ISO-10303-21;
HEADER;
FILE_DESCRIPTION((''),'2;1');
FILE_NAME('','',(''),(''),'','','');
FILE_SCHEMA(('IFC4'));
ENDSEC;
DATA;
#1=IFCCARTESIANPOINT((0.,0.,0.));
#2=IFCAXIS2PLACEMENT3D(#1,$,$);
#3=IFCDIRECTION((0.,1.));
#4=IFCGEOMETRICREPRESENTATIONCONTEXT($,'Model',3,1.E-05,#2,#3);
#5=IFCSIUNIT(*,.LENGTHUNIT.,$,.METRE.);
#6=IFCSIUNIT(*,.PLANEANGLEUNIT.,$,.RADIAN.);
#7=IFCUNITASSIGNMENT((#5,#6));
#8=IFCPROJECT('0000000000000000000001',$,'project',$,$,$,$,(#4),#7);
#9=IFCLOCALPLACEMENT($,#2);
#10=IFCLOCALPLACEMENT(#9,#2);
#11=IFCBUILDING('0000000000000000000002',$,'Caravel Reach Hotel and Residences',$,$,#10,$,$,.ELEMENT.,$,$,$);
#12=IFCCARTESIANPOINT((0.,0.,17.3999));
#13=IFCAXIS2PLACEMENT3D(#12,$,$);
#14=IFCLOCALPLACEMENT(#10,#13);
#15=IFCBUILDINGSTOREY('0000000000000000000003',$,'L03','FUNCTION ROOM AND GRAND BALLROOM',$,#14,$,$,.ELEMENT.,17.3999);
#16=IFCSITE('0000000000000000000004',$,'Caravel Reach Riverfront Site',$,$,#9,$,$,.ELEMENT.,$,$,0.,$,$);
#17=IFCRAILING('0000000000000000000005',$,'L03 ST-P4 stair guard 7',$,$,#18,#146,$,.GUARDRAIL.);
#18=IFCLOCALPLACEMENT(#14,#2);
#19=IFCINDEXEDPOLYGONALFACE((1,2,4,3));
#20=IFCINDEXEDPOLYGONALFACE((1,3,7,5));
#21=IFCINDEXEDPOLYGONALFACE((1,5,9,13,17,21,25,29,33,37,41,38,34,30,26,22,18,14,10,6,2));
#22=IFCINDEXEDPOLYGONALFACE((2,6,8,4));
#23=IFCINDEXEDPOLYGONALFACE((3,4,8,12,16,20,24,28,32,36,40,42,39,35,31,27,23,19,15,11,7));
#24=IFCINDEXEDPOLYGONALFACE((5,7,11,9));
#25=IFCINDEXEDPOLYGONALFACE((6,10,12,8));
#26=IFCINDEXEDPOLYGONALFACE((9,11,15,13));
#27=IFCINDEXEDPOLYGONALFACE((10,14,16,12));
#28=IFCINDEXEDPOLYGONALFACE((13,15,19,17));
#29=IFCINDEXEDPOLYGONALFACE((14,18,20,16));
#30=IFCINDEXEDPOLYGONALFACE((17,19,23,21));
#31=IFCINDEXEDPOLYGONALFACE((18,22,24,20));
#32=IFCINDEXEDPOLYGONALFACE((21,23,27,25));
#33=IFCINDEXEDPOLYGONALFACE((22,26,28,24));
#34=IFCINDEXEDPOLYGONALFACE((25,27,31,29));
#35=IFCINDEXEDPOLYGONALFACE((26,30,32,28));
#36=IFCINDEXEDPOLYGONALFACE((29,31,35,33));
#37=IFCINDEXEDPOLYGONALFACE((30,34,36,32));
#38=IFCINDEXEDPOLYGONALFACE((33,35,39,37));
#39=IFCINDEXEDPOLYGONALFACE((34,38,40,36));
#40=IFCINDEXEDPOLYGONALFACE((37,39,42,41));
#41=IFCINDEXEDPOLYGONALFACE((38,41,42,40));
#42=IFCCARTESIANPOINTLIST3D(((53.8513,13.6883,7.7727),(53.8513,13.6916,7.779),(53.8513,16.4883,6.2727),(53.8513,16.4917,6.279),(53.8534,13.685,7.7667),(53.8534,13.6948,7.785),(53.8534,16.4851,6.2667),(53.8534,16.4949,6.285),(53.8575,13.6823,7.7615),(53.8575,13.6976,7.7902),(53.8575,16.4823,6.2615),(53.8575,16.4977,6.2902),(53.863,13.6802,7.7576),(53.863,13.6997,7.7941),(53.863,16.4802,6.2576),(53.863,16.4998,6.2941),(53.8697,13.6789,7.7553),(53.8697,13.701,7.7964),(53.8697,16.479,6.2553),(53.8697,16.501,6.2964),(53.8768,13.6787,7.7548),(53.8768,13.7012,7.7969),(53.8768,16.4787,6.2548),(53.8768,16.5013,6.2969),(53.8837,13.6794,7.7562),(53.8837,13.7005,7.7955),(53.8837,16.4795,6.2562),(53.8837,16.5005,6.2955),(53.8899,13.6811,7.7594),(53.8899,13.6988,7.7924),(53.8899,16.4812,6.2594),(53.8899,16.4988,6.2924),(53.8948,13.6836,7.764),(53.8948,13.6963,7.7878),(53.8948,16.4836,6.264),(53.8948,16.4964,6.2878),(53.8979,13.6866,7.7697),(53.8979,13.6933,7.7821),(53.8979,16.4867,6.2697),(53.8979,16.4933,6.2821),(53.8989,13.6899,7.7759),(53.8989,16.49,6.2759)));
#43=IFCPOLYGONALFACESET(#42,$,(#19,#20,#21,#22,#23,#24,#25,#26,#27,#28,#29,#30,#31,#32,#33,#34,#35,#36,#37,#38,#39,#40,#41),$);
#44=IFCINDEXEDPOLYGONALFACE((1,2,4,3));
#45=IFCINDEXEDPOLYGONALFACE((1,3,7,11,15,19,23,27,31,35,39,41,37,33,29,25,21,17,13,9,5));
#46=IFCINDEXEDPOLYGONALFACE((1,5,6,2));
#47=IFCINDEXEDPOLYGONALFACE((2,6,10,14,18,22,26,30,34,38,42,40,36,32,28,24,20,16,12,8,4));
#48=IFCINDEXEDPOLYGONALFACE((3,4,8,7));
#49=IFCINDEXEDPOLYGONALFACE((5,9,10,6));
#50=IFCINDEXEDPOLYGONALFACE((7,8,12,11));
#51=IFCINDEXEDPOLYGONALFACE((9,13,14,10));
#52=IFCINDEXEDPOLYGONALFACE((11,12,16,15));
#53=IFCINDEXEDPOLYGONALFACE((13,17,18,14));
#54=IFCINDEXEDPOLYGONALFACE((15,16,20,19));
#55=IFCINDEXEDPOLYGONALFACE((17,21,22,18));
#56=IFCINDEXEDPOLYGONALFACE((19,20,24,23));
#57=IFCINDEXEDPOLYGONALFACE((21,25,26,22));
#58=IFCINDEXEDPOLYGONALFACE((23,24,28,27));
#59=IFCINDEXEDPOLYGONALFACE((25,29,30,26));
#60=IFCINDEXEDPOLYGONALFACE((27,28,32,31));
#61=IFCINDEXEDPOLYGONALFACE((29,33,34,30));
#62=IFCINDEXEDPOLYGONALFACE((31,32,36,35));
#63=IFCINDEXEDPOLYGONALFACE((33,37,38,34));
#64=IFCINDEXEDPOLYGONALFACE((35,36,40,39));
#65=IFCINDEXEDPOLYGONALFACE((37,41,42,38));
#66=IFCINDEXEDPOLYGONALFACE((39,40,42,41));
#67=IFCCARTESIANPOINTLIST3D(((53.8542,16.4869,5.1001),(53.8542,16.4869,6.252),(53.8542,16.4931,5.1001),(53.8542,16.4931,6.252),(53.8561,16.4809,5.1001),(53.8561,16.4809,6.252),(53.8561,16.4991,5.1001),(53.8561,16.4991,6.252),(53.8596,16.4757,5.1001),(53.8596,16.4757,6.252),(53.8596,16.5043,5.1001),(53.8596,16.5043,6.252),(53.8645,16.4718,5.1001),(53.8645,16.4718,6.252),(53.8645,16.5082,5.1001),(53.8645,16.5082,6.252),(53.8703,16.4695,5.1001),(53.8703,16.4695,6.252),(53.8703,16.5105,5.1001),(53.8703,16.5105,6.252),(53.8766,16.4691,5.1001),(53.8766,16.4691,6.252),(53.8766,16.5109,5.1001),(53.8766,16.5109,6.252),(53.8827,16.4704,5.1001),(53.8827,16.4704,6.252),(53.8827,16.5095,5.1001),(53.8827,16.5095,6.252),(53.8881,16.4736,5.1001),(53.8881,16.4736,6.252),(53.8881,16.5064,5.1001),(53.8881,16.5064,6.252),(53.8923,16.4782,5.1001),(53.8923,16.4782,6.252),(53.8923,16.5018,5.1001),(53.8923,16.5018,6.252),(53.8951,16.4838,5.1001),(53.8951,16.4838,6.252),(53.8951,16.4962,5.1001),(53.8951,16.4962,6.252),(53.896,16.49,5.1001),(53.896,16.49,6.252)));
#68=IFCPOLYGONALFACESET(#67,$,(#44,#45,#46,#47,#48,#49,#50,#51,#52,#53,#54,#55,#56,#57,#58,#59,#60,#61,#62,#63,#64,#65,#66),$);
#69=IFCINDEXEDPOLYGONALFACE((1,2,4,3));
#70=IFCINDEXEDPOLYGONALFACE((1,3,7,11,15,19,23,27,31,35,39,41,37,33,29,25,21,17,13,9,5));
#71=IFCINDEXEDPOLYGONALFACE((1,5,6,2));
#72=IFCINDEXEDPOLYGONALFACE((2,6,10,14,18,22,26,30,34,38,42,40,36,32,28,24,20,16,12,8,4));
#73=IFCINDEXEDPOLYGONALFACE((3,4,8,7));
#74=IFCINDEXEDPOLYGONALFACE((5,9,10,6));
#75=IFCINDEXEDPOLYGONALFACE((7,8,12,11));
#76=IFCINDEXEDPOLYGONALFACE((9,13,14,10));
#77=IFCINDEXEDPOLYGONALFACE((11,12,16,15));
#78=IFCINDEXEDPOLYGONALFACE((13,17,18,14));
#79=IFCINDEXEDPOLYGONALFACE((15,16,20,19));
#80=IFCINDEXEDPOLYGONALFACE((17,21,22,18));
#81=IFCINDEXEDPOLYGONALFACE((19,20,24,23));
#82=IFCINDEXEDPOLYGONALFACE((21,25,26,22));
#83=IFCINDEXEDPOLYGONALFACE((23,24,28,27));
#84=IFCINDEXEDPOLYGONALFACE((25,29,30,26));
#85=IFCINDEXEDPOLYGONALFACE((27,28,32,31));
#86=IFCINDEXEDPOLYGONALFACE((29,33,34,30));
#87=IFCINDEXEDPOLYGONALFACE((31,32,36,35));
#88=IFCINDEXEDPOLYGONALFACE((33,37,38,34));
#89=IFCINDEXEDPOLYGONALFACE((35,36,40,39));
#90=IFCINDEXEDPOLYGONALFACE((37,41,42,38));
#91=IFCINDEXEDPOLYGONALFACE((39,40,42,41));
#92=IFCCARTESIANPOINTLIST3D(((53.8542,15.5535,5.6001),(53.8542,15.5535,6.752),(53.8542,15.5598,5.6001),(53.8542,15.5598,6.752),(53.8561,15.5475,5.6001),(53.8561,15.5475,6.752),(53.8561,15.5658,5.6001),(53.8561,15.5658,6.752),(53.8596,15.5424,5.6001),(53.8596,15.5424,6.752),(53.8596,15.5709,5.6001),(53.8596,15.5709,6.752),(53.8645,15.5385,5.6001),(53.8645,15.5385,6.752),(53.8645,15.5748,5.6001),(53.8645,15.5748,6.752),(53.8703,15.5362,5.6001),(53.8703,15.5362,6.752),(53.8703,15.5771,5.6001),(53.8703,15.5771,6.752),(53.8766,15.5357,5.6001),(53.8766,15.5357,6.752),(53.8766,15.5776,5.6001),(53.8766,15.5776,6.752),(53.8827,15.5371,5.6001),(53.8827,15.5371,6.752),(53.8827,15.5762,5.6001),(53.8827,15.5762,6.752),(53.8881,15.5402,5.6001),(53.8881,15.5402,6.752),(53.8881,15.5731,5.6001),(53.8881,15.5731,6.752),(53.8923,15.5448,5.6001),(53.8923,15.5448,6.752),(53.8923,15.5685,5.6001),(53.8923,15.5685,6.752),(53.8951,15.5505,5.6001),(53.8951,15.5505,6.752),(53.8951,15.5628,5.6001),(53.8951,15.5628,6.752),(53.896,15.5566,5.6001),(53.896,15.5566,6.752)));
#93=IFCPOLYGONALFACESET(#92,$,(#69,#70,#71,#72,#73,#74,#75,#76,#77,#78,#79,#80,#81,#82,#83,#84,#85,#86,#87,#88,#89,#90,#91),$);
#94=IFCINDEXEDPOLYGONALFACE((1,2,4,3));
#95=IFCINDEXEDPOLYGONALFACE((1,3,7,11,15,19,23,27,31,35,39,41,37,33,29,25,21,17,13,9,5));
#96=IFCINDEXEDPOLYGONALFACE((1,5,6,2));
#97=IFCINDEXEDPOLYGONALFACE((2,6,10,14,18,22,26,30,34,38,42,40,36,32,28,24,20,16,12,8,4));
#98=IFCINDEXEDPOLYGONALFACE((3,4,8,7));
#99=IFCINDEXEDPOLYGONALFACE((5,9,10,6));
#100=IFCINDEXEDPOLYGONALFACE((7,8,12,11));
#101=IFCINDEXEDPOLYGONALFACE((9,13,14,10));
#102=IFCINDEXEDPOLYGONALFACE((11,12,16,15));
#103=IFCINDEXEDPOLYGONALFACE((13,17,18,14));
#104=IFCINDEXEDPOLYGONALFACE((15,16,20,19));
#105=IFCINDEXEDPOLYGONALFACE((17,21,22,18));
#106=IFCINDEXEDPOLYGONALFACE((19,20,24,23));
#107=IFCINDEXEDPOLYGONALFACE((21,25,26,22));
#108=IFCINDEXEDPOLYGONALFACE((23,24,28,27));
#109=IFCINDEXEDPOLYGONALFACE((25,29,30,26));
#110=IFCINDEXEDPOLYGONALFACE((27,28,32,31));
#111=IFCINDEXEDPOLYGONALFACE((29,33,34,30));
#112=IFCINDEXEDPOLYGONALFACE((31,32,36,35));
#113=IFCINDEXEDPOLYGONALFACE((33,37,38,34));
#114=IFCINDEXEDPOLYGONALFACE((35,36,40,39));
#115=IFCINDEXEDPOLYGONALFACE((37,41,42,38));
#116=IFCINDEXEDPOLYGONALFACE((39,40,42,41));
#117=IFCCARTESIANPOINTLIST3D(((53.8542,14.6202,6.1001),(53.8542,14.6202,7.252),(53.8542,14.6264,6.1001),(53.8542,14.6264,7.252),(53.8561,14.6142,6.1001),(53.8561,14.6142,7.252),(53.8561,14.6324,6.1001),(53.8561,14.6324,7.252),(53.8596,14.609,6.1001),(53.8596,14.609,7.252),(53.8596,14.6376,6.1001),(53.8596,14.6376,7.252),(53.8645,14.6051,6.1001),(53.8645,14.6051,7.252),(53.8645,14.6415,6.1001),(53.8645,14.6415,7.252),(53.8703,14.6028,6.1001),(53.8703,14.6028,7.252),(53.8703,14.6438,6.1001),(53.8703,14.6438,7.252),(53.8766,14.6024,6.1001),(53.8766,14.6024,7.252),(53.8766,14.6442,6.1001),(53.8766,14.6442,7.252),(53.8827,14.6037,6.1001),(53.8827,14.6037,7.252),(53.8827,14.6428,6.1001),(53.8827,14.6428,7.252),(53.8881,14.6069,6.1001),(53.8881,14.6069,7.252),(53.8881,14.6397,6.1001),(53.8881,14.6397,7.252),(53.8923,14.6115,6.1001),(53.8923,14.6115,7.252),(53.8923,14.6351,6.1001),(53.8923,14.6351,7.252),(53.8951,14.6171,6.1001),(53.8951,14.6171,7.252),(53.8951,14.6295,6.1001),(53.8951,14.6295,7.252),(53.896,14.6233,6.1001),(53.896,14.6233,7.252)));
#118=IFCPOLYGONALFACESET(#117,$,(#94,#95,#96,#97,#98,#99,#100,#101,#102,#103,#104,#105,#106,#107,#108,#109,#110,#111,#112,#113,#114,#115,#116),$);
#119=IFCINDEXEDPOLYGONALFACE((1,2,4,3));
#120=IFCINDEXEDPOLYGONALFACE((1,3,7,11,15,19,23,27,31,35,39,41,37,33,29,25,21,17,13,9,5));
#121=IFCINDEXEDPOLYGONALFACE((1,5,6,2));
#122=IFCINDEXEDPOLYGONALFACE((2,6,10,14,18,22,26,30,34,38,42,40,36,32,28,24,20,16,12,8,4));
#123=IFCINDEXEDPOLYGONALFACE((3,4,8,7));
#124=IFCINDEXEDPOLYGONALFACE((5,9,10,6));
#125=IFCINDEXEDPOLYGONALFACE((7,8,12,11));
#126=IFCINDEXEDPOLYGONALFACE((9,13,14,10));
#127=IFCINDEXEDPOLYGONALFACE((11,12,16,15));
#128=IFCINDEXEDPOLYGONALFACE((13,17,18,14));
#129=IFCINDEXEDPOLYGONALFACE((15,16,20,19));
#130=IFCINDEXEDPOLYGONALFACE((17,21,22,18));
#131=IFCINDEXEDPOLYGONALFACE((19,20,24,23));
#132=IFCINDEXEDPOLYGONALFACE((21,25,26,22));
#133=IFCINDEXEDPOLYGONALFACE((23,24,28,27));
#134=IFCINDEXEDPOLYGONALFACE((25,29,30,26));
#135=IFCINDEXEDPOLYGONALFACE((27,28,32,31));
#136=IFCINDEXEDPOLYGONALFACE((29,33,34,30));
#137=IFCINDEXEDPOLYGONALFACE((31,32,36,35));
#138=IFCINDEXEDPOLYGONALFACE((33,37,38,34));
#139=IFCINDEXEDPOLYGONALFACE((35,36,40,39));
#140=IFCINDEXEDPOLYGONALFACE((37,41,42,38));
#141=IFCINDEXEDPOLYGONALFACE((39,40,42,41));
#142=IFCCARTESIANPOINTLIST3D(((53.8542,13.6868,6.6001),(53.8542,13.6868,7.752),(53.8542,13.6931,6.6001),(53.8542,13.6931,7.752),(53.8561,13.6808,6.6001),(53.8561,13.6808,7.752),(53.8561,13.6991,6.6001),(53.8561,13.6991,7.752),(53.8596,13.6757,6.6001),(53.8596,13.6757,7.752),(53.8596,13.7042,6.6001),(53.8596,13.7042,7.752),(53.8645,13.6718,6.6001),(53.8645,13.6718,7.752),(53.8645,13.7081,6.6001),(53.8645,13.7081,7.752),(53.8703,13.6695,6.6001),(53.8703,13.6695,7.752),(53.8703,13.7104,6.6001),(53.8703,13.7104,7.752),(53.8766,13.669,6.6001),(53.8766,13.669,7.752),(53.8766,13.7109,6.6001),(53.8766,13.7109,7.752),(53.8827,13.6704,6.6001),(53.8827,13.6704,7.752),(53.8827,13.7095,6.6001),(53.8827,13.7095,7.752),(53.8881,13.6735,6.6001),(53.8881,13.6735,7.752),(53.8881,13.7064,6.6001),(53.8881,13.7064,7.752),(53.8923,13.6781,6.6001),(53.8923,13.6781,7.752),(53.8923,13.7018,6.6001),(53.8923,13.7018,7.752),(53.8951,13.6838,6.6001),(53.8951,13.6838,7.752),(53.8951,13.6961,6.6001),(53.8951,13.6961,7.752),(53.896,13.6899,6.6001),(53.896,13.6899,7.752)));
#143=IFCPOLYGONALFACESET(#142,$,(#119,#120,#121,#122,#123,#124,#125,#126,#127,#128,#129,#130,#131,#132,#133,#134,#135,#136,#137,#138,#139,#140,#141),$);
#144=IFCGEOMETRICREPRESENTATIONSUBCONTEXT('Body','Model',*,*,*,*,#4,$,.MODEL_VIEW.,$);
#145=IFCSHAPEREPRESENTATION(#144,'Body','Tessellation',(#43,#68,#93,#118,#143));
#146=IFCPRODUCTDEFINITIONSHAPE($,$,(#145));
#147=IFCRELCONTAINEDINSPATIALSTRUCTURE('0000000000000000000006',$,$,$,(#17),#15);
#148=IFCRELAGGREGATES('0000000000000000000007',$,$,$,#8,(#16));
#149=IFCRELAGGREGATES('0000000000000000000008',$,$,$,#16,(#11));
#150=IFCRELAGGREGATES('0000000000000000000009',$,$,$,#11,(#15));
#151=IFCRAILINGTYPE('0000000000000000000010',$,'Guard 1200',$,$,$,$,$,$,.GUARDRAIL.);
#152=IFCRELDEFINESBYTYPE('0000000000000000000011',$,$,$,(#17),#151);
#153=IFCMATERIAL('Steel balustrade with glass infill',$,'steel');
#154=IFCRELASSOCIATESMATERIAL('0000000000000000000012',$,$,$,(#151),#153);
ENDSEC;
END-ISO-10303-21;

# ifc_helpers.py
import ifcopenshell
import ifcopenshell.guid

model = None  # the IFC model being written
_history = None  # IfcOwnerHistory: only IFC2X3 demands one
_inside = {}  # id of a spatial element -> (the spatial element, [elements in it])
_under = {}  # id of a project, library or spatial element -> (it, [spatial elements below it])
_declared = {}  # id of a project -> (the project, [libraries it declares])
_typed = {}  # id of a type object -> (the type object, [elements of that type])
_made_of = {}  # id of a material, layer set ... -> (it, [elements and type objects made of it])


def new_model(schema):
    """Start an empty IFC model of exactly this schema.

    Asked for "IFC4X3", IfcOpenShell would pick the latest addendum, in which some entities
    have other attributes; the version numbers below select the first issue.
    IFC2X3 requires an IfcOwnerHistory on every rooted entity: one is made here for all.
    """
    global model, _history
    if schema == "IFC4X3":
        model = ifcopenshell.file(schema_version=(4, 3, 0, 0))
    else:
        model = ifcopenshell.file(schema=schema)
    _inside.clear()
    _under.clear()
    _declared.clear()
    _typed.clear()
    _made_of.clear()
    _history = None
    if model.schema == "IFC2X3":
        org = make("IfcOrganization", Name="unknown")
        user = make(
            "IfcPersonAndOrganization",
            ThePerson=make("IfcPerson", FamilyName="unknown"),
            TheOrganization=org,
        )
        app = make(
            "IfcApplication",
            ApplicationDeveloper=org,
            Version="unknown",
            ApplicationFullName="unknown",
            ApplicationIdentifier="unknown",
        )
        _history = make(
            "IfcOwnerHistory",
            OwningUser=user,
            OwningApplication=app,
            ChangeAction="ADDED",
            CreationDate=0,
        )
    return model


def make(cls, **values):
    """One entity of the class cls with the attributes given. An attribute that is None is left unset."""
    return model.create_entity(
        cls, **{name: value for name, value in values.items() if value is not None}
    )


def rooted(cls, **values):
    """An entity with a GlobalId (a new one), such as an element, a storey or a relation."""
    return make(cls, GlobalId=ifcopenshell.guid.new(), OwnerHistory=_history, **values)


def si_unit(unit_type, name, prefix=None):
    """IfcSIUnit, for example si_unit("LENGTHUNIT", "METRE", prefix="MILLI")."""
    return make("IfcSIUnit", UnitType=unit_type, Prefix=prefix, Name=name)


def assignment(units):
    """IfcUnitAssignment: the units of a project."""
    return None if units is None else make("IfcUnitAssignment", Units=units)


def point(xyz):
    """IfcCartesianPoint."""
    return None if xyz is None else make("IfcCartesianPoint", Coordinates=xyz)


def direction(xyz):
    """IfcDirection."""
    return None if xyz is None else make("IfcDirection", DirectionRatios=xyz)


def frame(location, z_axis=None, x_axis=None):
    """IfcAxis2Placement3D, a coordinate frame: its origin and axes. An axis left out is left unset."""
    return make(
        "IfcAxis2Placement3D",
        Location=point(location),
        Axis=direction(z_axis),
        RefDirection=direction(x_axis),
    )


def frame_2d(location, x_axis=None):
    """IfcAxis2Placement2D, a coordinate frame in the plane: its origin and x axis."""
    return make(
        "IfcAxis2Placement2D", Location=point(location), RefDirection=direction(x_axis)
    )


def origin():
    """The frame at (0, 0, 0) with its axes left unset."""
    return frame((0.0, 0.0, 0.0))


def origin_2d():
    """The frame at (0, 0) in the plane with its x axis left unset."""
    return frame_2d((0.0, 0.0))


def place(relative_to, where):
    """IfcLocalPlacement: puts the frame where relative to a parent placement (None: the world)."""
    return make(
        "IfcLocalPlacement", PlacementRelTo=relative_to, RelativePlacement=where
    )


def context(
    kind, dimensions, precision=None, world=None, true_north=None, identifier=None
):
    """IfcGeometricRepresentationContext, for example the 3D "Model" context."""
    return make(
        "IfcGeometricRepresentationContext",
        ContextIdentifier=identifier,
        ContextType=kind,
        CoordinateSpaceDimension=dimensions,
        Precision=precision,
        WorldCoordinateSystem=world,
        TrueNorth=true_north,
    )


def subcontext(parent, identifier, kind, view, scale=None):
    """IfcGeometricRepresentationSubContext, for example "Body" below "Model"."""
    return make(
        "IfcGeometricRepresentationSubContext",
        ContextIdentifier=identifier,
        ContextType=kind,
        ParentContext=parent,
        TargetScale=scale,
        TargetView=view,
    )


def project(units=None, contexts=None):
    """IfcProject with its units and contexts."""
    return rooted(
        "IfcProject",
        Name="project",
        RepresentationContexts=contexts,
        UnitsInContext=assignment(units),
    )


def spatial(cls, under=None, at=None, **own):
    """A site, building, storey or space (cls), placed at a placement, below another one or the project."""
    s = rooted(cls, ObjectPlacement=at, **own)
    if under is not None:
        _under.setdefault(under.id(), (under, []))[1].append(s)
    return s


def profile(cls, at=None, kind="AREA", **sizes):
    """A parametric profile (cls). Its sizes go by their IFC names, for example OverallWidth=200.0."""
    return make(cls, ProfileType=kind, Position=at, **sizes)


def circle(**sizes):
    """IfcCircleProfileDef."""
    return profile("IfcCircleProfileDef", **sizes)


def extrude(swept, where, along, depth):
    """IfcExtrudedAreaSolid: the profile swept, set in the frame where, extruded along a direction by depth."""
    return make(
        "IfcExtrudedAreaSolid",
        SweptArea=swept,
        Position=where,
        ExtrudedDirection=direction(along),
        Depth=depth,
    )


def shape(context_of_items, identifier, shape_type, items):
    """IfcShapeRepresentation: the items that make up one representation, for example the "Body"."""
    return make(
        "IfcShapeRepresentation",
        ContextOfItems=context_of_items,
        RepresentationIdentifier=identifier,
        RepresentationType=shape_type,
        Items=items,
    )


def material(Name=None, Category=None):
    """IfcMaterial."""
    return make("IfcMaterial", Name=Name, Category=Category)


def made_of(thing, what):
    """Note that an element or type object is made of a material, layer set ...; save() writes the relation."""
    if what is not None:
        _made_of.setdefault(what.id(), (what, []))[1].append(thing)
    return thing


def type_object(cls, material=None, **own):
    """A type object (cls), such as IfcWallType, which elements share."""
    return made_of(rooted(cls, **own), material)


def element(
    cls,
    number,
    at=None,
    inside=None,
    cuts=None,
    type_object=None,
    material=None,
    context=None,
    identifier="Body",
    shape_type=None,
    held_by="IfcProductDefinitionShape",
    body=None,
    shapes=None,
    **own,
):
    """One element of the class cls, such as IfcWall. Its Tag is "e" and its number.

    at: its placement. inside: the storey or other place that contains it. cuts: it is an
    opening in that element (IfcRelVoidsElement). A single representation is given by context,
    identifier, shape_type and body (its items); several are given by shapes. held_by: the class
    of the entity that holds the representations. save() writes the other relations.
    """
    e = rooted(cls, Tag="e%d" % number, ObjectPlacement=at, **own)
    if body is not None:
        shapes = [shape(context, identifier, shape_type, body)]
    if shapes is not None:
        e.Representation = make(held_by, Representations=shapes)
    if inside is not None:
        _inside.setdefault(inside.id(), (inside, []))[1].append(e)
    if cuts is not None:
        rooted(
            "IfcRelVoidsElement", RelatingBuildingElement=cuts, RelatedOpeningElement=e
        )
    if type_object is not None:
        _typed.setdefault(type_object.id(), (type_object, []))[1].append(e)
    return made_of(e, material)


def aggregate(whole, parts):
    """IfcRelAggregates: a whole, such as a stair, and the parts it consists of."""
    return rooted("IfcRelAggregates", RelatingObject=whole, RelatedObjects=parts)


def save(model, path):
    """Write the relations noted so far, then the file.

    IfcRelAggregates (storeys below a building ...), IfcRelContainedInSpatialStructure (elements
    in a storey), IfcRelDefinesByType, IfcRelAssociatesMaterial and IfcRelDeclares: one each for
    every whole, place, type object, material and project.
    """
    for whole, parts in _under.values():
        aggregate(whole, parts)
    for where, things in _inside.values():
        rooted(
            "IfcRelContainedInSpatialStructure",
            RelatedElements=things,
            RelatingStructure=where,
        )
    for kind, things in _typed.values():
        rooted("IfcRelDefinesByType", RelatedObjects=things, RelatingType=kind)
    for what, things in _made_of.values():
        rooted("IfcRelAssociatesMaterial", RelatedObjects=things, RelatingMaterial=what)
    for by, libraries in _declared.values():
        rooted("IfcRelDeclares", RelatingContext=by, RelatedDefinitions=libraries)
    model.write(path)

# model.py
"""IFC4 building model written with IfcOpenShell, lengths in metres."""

from ifc_helpers import new_model, si_unit, direction, frame, origin, origin_2d, place, context, subcontext, project, spatial, circle, extrude, material, type_object, element, save


model = new_model("IFC4")

# Units and contexts
model_context = context("Model", 3, precision=1e-05, world=origin(), true_north=direction((0.0, 1.0)))
body_context = subcontext(model_context, "Body", "Model", "MODEL_VIEW")
ifc_project = project(units=[si_unit("LENGTHUNIT", "METRE"), si_unit("PLANEANGLEUNIT", "RADIAN")], contexts=[model_context])

# Site, building, storey
site_placement = place(None, origin())
site = spatial("IfcSite", under=ifc_project, at=site_placement, Name="Caravel Reach Riverfront Site", CompositionType="ELEMENT", RefElevation=0.0)
building_placement = place(site_placement, origin())
building = spatial("IfcBuilding", under=site, at=building_placement, Name="Caravel Reach Hotel and Residences", CompositionType="ELEMENT")
storey_placement = place(building_placement, frame((0.0, 0.0, 17.3999)))
storey = spatial("IfcBuildingStorey", under=building, at=storey_placement, Name="L03", Description="FUNCTION ROOM AND GRAND BALLROOM", CompositionType="ELEMENT", Elevation=17.3999)

# Railing
ifc_material_1 = material(Name="Steel balustrade with glass infill", Category="steel")
railing_type_1 = type_object("IfcRailingType", Name="Guard 1200", PredefinedType="GUARDRAIL", material=ifc_material_1)
railing_1_placement = place(storey_placement, frame((53.875, 16.49, 5.1001)))
element("IfcRailing", 1, at=railing_1_placement, inside=storey, type_object=railing_type_1, Name="L03 ST-P4 stair guard 7", PredefinedType="GUARDRAIL", context=body_context, shape_type="SweptSolid", body=[
    extrude(circle(Radius=0.0239, at=origin_2d()), frame((0.0, 0.0, 1.1758), z_axis=(0.0, -0.881483, 0.472215), x_axis=(1.0, 0.0, 0.0)), (0.0, 0.0, 1.0), 3.1765),
    extrude(circle(Radius=0.021, at=origin_2d()), origin(), (0.0, 0.0, 1.0), 1.1519),
    extrude(circle(Radius=0.021, at=origin_2d()), frame((0.0, -0.9333, 0.5)), (0.0, 0.0, 1.0), 1.1519),
    extrude(circle(Radius=0.021, at=origin_2d()), frame((0.0, -1.8667, 1.0)), (0.0, 0.0, 1.0), 1.1519),
    extrude(circle(Radius=0.021, at=origin_2d()), frame((0.0, -2.8, 1.5)), (0.0, 0.0, 1.0), 1.1519),
])

save(model, "model.ifc")
